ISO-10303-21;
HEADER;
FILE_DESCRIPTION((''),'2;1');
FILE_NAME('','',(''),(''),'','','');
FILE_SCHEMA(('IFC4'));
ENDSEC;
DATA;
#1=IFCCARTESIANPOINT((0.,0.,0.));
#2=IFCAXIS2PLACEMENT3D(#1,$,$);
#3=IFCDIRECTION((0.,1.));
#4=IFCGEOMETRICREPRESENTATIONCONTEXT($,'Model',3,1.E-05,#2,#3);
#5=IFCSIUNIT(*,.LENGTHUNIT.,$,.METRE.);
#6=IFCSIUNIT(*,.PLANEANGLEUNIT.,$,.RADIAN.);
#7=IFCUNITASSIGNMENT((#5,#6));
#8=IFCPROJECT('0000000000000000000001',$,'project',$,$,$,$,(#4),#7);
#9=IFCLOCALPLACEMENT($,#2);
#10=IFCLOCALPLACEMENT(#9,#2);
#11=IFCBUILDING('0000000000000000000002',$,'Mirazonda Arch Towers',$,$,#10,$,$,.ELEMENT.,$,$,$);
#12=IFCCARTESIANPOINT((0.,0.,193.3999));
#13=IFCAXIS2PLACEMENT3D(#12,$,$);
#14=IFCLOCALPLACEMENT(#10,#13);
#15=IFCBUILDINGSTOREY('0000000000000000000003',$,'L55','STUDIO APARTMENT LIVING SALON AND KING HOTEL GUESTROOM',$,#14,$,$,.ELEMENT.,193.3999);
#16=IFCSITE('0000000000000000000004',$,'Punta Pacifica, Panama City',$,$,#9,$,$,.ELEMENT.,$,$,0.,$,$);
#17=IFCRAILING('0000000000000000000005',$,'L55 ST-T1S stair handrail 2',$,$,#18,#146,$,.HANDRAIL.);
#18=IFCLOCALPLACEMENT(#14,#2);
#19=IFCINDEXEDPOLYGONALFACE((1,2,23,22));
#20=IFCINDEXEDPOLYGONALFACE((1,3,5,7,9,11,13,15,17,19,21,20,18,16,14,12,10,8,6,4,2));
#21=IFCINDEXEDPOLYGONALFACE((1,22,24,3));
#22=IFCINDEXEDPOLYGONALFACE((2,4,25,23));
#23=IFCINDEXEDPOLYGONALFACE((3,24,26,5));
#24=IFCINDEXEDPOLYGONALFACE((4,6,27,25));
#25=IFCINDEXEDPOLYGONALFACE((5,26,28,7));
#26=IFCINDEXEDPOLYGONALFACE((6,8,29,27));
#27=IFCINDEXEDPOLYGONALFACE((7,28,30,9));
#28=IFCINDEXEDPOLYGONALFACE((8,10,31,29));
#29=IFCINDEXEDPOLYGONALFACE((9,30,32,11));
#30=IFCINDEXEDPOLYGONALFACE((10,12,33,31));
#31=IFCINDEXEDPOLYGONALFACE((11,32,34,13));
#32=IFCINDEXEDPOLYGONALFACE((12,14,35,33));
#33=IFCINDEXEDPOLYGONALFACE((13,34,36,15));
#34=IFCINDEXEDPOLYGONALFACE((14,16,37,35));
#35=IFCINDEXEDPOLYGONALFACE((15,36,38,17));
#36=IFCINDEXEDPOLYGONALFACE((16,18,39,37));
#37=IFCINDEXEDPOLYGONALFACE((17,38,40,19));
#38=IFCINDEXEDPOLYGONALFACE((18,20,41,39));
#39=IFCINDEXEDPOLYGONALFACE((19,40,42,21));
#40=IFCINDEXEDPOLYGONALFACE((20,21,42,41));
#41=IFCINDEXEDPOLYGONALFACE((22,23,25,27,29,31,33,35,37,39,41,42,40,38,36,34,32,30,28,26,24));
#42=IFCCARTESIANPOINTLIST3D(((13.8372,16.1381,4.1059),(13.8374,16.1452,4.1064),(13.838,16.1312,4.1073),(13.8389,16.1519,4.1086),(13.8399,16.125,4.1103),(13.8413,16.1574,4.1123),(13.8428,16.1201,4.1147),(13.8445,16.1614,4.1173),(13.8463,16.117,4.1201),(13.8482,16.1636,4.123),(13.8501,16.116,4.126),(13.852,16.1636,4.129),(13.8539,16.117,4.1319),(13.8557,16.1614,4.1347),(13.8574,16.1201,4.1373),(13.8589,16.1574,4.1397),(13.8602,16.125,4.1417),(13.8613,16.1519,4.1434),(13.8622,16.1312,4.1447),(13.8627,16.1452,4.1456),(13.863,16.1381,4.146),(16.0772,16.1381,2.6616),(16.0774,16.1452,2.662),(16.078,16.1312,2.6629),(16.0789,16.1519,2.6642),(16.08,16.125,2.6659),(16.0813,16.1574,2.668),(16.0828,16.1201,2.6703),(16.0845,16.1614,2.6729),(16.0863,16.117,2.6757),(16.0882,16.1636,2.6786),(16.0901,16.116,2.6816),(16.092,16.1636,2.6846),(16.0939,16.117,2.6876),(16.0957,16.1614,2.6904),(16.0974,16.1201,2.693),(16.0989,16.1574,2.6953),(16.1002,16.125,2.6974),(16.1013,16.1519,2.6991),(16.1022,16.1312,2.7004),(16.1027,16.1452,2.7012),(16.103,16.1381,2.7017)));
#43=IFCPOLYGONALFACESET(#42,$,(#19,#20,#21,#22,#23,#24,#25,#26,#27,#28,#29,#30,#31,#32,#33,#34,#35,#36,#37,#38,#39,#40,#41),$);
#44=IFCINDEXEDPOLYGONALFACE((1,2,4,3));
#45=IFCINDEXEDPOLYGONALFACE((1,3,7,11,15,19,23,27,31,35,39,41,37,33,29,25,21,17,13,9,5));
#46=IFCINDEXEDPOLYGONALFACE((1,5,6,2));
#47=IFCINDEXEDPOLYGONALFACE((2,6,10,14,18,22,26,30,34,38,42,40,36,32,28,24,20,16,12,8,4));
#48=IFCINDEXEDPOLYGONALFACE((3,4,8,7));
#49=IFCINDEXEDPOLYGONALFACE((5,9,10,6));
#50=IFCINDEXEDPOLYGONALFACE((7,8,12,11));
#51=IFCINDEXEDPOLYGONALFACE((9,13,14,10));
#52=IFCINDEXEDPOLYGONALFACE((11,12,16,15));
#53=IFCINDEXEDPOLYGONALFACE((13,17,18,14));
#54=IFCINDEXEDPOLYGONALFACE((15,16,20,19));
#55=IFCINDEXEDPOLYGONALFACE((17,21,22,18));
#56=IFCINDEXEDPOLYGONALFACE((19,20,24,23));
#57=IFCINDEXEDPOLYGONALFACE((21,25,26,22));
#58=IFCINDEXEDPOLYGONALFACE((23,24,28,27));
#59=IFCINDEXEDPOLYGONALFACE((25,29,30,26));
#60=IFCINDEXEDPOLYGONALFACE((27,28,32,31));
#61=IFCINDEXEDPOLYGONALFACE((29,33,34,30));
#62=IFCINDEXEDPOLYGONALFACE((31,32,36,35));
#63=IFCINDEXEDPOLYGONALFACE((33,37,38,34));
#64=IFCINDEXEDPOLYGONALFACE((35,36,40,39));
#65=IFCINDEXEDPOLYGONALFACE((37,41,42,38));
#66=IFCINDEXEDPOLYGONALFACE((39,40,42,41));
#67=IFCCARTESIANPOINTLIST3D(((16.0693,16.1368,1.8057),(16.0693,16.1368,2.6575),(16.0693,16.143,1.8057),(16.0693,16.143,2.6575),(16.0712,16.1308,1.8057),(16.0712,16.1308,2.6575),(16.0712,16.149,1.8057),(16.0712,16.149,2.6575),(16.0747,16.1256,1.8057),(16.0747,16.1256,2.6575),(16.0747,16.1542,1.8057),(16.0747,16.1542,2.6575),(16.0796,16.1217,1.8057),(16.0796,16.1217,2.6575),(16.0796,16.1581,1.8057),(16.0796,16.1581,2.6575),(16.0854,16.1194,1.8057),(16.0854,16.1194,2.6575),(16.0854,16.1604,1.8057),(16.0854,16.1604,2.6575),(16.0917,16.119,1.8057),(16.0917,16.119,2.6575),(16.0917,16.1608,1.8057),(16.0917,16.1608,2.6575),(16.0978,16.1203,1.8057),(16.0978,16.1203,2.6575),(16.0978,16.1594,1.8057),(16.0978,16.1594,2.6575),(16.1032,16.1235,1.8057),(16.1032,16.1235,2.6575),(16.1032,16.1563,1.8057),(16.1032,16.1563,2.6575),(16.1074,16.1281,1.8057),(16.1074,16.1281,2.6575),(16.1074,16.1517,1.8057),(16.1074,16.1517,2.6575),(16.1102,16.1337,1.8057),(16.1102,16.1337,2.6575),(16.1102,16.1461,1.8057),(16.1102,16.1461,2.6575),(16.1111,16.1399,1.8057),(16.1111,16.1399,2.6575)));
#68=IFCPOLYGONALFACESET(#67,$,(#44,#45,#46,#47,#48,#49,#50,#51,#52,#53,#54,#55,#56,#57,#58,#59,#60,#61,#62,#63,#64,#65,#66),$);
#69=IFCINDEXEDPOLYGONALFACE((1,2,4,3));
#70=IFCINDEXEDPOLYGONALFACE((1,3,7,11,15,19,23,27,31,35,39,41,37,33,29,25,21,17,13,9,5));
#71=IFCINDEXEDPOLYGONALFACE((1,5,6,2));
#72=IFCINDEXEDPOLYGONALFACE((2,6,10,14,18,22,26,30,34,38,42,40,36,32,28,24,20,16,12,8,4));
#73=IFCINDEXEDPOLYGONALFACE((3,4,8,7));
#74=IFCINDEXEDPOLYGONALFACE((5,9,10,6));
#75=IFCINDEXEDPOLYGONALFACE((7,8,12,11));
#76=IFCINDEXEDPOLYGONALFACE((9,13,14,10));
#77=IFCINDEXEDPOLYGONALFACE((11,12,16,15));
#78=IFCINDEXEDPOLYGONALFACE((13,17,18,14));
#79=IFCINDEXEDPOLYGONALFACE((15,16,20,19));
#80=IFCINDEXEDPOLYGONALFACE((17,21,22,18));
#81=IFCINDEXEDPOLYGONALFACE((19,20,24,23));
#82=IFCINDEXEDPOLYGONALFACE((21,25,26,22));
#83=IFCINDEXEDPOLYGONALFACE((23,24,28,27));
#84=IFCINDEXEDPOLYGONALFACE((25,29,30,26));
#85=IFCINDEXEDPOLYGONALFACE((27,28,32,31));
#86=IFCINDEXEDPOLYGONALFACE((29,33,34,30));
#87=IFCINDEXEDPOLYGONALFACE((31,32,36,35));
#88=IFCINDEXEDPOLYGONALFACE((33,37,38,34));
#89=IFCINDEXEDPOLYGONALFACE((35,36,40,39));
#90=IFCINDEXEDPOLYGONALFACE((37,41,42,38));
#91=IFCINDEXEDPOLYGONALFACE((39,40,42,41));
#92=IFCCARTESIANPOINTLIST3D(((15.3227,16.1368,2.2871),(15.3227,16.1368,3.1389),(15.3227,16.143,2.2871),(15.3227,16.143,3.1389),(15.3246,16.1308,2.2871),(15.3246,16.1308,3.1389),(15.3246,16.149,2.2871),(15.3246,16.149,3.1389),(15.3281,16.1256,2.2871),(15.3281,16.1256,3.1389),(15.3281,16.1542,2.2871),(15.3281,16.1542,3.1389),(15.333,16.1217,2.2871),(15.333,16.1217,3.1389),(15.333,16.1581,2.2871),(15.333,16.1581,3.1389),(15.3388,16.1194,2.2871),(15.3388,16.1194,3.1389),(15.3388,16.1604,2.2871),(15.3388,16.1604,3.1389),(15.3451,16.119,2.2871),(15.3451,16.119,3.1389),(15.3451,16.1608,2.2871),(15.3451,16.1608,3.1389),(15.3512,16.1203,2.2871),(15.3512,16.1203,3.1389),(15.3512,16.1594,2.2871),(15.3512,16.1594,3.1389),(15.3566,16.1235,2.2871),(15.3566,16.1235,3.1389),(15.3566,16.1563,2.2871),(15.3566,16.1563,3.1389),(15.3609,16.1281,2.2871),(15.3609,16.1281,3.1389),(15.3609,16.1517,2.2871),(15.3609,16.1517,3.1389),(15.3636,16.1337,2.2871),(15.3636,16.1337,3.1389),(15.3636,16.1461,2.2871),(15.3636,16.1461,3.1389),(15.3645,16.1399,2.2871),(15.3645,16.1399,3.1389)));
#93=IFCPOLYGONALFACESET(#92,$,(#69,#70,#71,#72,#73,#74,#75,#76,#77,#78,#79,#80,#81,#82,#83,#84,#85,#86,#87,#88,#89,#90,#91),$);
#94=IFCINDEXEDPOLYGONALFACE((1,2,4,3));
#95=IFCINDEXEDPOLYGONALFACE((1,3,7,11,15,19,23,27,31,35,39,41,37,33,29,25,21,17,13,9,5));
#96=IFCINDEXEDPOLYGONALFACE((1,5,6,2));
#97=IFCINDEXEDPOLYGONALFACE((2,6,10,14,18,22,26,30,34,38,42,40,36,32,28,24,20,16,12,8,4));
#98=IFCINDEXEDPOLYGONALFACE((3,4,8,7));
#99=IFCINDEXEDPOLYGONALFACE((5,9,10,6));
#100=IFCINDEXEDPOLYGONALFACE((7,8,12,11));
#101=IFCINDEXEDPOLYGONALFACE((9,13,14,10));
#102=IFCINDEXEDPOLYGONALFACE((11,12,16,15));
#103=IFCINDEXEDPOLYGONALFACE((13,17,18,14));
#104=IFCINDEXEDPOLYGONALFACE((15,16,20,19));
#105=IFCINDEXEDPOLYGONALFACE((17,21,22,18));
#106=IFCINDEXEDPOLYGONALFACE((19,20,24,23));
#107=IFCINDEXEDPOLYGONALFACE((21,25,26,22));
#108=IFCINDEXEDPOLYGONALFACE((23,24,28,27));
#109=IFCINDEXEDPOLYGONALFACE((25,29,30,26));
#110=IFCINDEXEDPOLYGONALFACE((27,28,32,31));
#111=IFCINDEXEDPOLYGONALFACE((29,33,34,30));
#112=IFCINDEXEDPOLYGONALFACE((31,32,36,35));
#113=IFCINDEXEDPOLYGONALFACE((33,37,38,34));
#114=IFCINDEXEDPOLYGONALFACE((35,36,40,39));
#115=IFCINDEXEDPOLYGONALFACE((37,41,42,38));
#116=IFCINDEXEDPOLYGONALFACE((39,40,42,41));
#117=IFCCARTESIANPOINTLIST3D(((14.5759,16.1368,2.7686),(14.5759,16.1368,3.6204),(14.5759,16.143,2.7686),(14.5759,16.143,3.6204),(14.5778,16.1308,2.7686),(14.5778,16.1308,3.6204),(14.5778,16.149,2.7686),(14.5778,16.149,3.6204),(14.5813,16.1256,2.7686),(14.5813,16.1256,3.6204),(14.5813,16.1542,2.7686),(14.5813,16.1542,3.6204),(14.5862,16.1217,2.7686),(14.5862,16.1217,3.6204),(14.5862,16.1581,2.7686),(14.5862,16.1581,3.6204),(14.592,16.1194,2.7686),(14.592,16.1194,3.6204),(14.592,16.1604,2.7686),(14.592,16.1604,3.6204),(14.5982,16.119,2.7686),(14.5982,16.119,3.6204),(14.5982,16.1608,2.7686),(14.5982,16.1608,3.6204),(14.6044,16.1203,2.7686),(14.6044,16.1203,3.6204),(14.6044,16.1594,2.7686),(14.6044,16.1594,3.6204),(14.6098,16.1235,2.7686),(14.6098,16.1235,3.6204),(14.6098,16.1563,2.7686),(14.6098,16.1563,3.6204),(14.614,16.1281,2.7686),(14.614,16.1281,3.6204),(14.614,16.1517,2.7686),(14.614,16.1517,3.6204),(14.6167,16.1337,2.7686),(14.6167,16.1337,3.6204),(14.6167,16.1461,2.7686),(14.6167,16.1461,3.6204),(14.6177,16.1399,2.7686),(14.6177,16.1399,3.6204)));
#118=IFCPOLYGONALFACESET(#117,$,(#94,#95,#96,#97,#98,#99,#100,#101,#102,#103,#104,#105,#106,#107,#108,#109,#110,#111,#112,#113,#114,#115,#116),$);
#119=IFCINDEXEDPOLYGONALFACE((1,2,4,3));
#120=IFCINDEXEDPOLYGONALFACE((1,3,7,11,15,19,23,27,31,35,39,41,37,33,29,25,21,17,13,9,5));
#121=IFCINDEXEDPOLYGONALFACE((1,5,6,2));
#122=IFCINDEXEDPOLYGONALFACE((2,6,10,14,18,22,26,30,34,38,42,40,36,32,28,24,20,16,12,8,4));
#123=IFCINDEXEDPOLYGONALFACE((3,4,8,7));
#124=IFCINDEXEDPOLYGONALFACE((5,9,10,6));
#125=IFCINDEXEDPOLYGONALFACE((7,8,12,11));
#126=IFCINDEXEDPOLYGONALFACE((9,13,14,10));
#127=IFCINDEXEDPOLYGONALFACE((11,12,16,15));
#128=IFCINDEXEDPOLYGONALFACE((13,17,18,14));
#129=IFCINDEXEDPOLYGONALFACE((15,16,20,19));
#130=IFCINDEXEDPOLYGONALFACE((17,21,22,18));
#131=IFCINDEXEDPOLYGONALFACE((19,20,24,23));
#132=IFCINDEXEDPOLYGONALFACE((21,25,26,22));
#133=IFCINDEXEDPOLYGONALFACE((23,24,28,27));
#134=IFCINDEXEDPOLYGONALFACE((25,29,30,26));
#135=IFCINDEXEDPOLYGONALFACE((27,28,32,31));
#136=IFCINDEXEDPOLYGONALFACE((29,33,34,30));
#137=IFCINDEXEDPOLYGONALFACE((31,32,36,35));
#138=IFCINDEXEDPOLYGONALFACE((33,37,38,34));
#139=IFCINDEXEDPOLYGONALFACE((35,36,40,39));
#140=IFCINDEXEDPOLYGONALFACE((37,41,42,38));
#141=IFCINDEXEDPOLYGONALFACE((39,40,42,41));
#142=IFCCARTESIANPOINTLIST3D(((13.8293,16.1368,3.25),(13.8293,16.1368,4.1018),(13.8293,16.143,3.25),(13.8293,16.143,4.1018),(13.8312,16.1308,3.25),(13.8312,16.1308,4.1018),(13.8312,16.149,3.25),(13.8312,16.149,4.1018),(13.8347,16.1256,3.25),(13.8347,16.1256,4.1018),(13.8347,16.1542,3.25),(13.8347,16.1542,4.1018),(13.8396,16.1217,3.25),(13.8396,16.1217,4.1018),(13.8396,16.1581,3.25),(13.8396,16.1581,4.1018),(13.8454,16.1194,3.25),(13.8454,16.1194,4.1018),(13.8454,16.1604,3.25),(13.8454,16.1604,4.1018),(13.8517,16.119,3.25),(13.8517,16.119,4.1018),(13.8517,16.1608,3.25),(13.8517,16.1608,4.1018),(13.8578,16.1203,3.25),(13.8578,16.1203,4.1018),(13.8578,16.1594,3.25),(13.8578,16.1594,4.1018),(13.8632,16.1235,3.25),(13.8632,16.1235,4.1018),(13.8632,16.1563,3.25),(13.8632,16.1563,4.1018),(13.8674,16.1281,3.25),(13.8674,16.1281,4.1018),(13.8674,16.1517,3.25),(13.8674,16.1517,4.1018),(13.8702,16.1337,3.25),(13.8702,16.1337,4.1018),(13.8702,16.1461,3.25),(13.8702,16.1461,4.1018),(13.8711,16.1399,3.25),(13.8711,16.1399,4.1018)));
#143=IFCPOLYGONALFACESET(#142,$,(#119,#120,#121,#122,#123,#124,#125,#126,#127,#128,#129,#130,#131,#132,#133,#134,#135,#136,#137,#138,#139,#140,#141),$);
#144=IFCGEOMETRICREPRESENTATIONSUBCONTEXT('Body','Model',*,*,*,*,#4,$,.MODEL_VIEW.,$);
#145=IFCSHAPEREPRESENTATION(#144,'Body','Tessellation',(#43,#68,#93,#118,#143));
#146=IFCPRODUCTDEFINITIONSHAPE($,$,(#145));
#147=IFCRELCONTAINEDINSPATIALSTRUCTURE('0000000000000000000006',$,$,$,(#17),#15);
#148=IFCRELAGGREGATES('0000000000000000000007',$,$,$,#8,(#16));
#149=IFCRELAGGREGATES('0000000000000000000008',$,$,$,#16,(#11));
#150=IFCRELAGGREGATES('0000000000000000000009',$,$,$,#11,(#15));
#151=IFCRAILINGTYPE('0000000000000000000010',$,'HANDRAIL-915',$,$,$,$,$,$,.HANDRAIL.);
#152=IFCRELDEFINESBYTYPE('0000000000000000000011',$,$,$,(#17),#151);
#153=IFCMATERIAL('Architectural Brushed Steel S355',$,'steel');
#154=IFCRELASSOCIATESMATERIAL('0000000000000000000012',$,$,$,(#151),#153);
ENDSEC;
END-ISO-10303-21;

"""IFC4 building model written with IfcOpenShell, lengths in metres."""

from ifc_helpers import new_model, si_unit, direction, frame, origin, origin_2d, place, context, subcontext, project, spatial, circle, extrude, material, type_object, element, save


model = new_model("IFC4")

# Units and contexts
model_context = context("Model", 3, precision=1e-05, world=origin(), true_north=direction((0.0, 1.0)))
body_context = subcontext(model_context, "Body", "Model", "MODEL_VIEW")
ifc_project = project(units=[si_unit("LENGTHUNIT", "METRE"), si_unit("PLANEANGLEUNIT", "RADIAN")], contexts=[model_context])

# Site, building, storey
site_placement = place(None, origin())
site = spatial("IfcSite", under=ifc_project, at=site_placement, Name="Punta Pacifica, Panama City", CompositionType="ELEMENT", RefElevation=0.0)
building_placement = place(site_placement, origin())
building = spatial("IfcBuilding", under=site, at=building_placement, Name="Mirazonda Arch Towers", CompositionType="ELEMENT")
storey_placement = place(building_placement, frame((0.0, 0.0, 193.3999)))
storey = spatial("IfcBuildingStorey", under=building, at=storey_placement, Name="L55", Description="STUDIO APARTMENT LIVING SALON AND KING HOTEL GUESTROOM", CompositionType="ELEMENT", Elevation=193.3999)

# Shared definitions
ifc_material_1 = material(Name="Architectural Brushed Steel S355", Category="steel")

# Railing
railing_type_1 = type_object("IfcRailingType", Name="HANDRAIL-915", PredefinedType="HANDRAIL", material=ifc_material_1)
railing_1_placement = place(storey_placement, frame((16.0901, 16.1399, 1.8057)))
element("IfcRailing", 1, at=railing_1_placement, inside=storey, type_object=railing_type_1, Name="L55 ST-T1S stair handrail 2", PredefinedType="HANDRAIL", context=body_context, shape_type="SweptSolid", body=[
    extrude(circle(Radius=0.0239, at=origin_2d()), frame((0.0, 0.0, 0.876), z_axis=(-0.840437, 0.0, 0.54191), x_axis=(0.0, -1.0, 0.0)), (0.0, 0.0, 1.0), 2.6653),
    extrude(circle(Radius=0.021, at=origin_2d()), origin(), (0.0, 0.0, 1.0), 0.8518),
    extrude(circle(Radius=0.021, at=origin_2d()), frame((-0.7466, 0.0, 0.4814)), (0.0, 0.0, 1.0), 0.8518),
    extrude(circle(Radius=0.021, at=origin_2d()), frame((-1.4934, 0.0, 0.9629)), (0.0, 0.0, 1.0), 0.8518),
    extrude(circle(Radius=0.021, at=origin_2d()), frame((-2.24, 0.0, 1.4443)), (0.0, 0.0, 1.0), 0.8518),
])

save(model, "model.ifc")
